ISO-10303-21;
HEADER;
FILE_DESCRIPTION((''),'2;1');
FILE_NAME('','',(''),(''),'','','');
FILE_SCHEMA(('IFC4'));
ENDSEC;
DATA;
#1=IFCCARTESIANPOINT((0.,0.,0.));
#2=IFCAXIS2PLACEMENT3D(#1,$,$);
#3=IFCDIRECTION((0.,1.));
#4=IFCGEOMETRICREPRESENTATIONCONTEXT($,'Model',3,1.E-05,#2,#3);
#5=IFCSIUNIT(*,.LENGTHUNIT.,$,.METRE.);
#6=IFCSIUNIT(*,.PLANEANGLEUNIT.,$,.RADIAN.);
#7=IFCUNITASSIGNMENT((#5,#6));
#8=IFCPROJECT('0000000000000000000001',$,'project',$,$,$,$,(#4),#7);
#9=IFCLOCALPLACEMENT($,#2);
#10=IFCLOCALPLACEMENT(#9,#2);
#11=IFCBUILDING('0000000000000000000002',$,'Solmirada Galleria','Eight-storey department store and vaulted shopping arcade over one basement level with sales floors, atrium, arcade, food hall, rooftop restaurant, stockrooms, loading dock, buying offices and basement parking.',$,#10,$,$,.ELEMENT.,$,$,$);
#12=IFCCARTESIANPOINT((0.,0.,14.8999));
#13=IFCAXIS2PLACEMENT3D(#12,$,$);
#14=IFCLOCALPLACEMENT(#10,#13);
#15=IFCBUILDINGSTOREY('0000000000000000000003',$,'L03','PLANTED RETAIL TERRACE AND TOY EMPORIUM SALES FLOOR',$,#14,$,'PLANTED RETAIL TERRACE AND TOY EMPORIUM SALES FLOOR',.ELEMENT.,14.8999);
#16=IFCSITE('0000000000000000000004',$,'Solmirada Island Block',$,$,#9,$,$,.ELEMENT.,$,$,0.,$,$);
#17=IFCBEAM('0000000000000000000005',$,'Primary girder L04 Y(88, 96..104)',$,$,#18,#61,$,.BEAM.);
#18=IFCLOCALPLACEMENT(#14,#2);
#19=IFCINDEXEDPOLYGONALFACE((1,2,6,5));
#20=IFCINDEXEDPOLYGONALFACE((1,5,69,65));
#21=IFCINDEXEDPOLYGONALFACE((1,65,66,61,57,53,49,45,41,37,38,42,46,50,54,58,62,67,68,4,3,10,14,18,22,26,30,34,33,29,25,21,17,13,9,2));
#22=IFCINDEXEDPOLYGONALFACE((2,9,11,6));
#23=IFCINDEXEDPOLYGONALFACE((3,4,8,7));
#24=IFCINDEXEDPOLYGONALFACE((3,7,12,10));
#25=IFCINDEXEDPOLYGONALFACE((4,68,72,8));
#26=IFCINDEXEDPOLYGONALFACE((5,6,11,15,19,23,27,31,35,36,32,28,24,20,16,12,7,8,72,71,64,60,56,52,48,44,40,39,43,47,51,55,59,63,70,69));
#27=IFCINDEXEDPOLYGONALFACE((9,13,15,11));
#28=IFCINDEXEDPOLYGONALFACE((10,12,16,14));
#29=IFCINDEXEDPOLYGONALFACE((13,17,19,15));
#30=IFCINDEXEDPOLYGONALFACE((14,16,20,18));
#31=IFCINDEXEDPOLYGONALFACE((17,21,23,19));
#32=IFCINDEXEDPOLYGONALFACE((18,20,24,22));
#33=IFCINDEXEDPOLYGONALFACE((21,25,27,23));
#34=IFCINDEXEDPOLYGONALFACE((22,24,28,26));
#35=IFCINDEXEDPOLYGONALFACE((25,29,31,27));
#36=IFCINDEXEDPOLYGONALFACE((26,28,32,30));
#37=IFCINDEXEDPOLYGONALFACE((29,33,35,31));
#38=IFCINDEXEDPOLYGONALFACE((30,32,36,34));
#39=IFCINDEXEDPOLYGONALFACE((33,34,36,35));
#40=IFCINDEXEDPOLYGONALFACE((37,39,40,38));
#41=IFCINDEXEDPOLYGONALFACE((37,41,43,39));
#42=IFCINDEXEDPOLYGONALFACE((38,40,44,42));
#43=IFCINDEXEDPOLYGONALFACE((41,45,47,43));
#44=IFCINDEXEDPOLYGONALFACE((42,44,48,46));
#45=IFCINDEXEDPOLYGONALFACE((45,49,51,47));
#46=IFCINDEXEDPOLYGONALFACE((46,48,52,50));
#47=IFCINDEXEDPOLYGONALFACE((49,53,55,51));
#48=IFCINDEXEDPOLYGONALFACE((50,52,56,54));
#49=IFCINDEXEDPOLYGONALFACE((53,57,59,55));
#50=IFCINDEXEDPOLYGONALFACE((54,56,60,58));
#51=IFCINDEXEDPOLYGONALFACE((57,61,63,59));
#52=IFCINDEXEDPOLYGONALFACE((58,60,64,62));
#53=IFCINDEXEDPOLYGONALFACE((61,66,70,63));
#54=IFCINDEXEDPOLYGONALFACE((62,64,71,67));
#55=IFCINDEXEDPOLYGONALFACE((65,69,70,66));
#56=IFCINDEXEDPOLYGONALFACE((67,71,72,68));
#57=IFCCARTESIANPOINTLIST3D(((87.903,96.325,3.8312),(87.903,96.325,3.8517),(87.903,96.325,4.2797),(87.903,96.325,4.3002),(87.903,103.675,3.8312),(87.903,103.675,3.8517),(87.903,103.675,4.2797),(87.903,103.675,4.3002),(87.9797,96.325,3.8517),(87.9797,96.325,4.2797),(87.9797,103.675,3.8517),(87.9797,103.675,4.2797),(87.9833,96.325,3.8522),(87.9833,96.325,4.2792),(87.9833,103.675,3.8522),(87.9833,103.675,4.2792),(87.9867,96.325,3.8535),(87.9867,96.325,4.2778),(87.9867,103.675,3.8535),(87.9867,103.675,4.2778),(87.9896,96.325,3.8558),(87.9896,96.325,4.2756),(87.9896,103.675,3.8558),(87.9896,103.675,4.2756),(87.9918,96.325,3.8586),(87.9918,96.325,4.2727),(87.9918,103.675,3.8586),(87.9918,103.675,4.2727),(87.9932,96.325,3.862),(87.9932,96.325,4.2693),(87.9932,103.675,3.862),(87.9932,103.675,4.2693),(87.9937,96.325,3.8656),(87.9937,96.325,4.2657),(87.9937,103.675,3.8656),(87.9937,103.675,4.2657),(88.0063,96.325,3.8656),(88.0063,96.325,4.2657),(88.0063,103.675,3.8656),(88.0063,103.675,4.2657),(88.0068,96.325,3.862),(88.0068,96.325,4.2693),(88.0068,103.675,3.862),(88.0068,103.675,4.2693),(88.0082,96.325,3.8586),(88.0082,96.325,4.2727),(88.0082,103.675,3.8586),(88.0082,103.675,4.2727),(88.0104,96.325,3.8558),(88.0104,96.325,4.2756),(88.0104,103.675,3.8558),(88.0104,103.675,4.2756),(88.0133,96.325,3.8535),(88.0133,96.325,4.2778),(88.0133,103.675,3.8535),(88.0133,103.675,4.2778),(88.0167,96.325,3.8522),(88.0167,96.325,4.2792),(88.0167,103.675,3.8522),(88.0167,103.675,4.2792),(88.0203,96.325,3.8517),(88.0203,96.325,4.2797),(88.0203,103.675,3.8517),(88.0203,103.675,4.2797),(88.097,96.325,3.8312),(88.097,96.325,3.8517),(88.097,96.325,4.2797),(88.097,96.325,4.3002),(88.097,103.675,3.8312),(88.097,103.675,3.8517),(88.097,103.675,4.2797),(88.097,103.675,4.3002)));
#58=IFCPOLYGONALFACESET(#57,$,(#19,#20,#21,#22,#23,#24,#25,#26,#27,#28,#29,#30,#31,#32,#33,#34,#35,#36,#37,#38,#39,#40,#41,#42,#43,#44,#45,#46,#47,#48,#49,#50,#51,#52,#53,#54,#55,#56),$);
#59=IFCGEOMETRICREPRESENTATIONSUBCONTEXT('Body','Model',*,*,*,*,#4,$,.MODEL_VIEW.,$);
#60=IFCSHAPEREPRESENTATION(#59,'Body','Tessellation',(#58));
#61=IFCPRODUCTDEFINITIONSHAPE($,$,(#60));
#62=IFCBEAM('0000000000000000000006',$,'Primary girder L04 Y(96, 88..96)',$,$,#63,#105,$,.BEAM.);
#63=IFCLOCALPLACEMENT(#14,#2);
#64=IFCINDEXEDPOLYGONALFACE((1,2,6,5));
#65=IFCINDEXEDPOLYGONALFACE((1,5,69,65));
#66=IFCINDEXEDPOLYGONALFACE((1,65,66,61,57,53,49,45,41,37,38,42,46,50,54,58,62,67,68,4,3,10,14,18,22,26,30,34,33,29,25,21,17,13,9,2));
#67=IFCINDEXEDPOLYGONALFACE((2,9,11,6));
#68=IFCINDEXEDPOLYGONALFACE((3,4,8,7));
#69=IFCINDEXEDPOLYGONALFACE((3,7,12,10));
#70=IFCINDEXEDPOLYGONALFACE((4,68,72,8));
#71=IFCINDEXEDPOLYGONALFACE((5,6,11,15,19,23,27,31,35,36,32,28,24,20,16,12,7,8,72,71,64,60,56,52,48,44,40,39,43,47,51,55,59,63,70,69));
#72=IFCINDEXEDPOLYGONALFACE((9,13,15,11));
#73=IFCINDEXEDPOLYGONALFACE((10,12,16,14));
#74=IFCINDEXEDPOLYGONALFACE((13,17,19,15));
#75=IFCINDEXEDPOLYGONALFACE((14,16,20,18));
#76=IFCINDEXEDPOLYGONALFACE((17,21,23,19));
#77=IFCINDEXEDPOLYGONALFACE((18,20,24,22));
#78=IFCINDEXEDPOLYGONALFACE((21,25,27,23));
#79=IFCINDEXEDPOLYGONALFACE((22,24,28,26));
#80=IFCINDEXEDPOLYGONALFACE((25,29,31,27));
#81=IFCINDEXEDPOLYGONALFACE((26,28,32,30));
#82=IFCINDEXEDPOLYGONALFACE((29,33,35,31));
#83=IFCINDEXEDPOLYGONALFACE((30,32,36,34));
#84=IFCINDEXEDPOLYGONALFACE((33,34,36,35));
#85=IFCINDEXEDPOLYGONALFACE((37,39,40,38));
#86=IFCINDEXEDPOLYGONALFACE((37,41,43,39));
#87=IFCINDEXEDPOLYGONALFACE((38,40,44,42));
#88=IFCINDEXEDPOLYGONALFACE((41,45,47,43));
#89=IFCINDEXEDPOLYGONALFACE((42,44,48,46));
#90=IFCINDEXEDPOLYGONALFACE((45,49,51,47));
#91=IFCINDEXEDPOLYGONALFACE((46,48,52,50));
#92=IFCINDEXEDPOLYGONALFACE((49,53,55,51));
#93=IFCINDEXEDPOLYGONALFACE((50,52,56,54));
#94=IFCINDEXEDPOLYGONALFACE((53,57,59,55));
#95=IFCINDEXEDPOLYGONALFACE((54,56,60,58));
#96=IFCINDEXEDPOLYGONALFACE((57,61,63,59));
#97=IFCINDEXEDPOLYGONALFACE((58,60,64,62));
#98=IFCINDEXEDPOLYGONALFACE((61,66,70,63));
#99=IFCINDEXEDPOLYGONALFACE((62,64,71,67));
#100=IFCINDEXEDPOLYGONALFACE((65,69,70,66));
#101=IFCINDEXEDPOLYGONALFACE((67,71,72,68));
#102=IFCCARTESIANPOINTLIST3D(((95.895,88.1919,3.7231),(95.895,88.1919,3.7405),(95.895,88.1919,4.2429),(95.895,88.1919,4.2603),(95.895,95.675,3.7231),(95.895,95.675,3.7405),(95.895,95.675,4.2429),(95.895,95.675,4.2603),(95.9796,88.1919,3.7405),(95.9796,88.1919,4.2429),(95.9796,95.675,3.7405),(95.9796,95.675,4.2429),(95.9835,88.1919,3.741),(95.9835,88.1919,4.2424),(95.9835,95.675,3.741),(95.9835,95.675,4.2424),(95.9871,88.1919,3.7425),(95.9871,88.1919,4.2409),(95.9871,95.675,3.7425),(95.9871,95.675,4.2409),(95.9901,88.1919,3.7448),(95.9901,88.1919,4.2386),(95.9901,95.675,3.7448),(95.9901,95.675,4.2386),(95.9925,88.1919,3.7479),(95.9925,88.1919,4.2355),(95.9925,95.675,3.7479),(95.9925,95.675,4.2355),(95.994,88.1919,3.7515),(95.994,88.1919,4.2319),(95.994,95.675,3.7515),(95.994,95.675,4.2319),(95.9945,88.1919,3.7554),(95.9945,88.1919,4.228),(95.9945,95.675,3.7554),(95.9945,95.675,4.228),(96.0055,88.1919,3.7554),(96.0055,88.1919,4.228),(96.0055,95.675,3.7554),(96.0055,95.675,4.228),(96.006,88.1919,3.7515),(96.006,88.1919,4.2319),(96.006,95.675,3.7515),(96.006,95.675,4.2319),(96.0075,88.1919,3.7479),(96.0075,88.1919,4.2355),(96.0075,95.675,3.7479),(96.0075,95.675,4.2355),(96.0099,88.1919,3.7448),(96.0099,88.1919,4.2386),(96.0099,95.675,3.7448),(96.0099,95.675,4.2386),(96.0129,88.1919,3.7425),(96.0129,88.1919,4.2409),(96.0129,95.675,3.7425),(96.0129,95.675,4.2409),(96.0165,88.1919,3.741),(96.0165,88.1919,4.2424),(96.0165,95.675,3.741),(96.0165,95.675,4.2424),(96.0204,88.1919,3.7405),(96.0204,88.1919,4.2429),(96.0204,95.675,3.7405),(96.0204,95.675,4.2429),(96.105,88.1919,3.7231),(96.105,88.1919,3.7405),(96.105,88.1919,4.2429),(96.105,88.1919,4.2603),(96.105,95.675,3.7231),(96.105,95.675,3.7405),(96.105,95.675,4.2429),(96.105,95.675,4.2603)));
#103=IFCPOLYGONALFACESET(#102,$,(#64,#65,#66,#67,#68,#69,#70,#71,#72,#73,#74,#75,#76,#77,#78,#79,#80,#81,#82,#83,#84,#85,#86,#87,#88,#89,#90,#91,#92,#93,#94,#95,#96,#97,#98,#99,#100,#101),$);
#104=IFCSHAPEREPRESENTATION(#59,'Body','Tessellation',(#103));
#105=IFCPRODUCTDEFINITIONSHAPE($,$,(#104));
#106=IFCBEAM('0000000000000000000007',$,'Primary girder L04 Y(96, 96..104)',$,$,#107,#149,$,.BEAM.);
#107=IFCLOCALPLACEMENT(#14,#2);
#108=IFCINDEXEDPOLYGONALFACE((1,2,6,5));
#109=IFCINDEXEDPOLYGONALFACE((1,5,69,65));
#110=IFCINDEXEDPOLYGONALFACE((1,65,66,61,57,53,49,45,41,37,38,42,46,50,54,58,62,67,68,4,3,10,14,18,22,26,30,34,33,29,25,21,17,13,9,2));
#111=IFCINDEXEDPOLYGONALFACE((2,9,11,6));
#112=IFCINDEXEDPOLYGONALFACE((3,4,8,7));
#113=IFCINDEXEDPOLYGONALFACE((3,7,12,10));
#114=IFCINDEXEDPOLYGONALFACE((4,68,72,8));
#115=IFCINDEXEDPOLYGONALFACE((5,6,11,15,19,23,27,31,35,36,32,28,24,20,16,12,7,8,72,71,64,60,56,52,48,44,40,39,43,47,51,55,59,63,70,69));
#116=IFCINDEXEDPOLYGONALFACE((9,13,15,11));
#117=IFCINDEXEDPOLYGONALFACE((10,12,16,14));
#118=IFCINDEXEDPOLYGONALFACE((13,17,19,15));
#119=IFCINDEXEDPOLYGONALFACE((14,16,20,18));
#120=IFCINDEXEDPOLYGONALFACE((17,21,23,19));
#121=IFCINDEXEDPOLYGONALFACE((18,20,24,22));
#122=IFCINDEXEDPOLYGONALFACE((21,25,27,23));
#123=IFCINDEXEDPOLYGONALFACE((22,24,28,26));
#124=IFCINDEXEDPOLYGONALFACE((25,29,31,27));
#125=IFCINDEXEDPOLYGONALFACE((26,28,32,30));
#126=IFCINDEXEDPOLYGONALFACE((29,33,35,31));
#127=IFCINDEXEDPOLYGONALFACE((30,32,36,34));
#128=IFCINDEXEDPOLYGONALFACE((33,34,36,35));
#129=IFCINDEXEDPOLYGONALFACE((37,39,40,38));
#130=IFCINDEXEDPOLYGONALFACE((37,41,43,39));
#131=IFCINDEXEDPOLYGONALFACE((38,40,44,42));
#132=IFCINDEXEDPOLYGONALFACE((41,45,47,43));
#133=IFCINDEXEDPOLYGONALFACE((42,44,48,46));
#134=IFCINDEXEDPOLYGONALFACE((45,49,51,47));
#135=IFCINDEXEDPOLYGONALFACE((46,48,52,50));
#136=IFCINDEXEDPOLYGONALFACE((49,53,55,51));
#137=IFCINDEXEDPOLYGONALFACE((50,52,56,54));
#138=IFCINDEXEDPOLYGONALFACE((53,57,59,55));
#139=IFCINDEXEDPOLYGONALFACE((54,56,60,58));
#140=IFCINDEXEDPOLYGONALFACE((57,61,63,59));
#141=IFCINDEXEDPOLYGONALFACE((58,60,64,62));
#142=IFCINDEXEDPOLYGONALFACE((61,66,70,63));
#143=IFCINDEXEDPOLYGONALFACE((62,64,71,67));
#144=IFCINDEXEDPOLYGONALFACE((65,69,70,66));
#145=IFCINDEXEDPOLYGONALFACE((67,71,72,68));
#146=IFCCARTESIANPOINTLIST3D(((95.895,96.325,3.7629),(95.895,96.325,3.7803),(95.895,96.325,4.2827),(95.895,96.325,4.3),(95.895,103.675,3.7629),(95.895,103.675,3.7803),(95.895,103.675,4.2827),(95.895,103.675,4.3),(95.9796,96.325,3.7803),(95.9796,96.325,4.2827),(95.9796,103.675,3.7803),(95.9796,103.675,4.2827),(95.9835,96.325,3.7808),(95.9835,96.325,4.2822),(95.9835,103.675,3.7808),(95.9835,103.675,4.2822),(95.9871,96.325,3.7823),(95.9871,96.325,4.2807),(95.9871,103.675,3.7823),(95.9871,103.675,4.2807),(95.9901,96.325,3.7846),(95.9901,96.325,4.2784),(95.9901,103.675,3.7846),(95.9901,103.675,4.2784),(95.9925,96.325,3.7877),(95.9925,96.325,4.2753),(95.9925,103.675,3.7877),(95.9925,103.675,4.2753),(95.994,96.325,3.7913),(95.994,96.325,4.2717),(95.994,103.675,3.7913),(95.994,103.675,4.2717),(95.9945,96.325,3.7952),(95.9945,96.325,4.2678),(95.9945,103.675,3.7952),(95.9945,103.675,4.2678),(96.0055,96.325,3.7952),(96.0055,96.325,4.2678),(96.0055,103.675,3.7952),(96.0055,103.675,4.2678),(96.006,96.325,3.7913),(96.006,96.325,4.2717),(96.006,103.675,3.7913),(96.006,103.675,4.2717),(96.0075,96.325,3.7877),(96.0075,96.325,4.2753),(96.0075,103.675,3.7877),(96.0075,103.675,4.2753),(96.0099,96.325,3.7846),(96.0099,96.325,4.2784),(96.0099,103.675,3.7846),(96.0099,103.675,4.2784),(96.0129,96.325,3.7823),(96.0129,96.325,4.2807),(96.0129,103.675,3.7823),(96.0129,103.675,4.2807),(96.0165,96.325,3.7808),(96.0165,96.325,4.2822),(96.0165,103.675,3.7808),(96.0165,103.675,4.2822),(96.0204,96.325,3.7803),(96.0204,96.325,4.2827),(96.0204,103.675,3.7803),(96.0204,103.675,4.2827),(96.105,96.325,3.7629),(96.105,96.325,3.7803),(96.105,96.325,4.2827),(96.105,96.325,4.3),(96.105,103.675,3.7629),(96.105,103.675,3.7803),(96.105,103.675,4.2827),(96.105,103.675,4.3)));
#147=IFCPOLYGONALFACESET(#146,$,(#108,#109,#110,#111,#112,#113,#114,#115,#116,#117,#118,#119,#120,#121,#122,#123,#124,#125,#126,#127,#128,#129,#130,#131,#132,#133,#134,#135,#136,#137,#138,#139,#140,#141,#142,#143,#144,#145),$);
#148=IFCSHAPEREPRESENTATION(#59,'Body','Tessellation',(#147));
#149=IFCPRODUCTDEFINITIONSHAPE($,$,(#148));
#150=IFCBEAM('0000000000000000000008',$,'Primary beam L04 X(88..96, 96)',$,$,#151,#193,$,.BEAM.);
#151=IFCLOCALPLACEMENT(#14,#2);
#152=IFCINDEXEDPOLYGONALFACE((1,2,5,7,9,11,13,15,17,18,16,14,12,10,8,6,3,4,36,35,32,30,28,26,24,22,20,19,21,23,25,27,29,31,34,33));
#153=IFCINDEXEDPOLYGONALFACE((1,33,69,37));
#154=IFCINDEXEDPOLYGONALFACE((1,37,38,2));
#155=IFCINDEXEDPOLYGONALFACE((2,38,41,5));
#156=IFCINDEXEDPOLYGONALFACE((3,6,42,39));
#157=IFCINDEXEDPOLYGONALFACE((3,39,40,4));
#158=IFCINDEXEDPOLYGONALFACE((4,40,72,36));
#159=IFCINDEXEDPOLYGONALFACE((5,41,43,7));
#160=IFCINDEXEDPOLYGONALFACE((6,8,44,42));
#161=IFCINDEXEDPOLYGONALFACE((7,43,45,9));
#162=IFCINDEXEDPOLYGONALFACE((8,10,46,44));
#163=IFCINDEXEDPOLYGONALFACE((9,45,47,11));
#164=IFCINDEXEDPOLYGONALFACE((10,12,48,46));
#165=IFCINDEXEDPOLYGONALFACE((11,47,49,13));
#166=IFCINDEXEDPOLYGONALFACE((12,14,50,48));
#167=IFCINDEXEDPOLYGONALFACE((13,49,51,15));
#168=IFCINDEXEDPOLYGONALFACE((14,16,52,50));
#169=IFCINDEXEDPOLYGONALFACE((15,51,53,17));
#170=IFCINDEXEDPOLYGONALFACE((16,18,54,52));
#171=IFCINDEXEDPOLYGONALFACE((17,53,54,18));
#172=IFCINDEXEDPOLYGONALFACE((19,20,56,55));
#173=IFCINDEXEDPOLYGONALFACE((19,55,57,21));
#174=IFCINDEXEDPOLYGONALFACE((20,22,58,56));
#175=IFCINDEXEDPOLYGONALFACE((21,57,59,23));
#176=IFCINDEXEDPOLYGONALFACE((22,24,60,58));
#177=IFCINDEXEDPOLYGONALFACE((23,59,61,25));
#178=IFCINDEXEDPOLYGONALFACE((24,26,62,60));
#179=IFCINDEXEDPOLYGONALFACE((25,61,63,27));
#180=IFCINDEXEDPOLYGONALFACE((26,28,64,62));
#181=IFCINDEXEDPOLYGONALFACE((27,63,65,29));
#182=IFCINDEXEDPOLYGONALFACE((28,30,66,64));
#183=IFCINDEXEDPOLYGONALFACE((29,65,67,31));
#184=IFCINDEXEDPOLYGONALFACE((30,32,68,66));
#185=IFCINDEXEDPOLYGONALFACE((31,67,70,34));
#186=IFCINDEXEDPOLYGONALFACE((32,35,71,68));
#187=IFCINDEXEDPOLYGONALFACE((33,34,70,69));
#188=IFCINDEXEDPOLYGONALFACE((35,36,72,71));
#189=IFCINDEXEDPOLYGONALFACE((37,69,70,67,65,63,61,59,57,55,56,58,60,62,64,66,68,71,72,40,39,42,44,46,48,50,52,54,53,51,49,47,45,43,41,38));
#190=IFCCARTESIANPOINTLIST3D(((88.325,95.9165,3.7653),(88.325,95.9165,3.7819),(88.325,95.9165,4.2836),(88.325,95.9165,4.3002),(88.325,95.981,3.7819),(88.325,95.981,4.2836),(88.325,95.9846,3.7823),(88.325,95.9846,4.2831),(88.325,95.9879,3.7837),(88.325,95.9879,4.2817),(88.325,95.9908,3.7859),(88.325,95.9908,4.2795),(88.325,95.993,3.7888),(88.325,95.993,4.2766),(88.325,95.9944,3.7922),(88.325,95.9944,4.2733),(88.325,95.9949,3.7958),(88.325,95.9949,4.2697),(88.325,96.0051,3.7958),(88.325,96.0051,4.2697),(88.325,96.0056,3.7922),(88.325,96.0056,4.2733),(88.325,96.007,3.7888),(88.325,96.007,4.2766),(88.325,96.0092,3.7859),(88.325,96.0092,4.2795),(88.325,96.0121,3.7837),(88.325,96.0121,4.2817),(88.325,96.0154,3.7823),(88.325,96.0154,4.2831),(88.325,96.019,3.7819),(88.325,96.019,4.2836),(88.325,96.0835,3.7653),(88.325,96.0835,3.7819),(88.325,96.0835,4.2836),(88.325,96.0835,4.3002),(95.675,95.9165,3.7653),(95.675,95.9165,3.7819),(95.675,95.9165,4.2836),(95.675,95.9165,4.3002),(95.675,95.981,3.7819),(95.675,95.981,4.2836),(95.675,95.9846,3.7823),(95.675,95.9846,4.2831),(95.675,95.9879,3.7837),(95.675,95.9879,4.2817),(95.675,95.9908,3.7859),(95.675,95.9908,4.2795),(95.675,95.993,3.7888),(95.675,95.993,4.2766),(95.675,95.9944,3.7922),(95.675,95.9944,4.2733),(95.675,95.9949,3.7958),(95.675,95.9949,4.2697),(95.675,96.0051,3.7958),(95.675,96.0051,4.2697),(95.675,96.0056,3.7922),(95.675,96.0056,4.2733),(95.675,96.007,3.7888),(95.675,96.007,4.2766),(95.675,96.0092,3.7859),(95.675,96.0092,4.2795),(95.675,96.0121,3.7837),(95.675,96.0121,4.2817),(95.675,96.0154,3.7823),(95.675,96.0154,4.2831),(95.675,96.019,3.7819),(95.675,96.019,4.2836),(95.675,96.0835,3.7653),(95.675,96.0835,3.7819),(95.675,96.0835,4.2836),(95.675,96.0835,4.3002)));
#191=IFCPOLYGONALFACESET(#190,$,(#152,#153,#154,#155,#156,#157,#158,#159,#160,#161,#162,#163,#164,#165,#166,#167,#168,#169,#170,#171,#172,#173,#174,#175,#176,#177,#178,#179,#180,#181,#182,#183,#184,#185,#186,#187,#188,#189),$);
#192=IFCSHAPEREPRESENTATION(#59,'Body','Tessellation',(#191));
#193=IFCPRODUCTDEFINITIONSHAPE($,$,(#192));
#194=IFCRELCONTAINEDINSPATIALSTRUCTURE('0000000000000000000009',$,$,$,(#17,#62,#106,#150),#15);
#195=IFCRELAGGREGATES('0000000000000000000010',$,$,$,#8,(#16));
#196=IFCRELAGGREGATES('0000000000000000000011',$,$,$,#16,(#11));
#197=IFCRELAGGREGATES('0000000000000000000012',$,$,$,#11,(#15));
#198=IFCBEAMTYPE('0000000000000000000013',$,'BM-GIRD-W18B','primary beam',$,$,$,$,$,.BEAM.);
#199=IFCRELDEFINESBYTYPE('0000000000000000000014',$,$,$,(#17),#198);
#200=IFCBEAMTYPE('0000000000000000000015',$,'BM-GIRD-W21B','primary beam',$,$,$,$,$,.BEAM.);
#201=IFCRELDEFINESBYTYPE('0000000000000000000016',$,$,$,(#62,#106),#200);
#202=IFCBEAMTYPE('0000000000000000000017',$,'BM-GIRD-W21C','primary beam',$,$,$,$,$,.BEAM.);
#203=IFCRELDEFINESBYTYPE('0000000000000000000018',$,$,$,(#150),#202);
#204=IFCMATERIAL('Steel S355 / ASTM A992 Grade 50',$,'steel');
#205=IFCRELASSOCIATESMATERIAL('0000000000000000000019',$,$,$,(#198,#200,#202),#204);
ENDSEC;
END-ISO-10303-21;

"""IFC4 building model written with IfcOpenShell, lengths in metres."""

from ifc_helpers import new_model, si_unit, direction, frame, origin, origin_2d, place, context, subcontext, project, spatial, i_section, extrude, material, material_profile, profile_set, type_object, element, save


model = new_model("IFC4")

# Units and contexts
model_context = context("Model", 3, precision=1e-05, world=origin(), true_north=direction((0.0, 1.0)))
body_context = subcontext(model_context, "Body", "Model", "MODEL_VIEW")
ifc_project = project(units=[si_unit("LENGTHUNIT", "METRE"), si_unit("PLANEANGLEUNIT", "RADIAN")], contexts=[model_context])

# Site, building, storey
site_placement = place(None, origin())
site = spatial("IfcSite", under=ifc_project, at=site_placement, Name="Solmirada Island Block", CompositionType="ELEMENT", RefElevation=0.0)
building_placement = place(site_placement, origin())
building = spatial("IfcBuilding", under=site, at=building_placement, Name="Solmirada Galleria", Description="Eight-storey department store and vaulted shopping arcade over one basement level with sales floors, atrium, arcade, food hall, rooftop restaurant, stockrooms, loading dock, buying offices and basement parking.", CompositionType="ELEMENT")
storey_placement = place(building_placement, frame((0.0, 0.0, 14.8999)))
storey = spatial("IfcBuildingStorey", under=building, at=storey_placement, Name="L03", Description="PLANTED RETAIL TERRACE AND TOY EMPORIUM SALES FLOOR", LongName="PLANTED RETAIL TERRACE AND TOY EMPORIUM SALES FLOOR", CompositionType="ELEMENT", Elevation=14.8999)

# Beams
ifc_material_1 = material(Name="Steel S355 / ASTM A992 Grade 50", Category="steel")
ifc_material_profile_1 = material_profile(ifc_material_1, i_section(OverallWidth=0.1941, OverallDepth=0.469, WebThickness=0.0127, FlangeThickness=0.0205, FilletRadius=0.0139, at=origin_2d()), Name="W18X71")
ifc_profile_set_1 = profile_set([ifc_material_profile_1], Name="Steel S355 / ASTM A992 Grade 50")
beam_type_1 = type_object("IfcBeamType", Name="BM-GIRD-W18B", Description="primary beam", PredefinedType="BEAM", material=ifc_profile_set_1)
beam_1_placement = place(storey_placement, frame((88.0, 96.325, 4.0657), z_axis=(0.0, 1.0, 0.0), x_axis=(-1.0, 0.0, 0.0)))
element("IfcBeam", 1, at=beam_1_placement, inside=storey, type_object=beam_type_1, Name="Primary girder L04 Y(88, 96..104)", PredefinedType="BEAM", context=body_context, shape_type="SweptSolid", body=[
    extrude(i_section(OverallWidth=0.1941, OverallDepth=0.469, WebThickness=0.0127, FlangeThickness=0.0205, FilletRadius=0.0139, at=origin_2d()), origin(), (0.0, 0.0, 1.0), 7.3501),
])
ifc_material_profile_2 = material_profile(ifc_material_1, i_section(OverallWidth=0.21, OverallDepth=0.5371, WebThickness=0.011, FlangeThickness=0.0173, FilletRadius=0.0149, at=origin_2d()), Name="W21X68")
ifc_profile_set_2 = profile_set([ifc_material_profile_2], Name="Steel S355 / ASTM A992 Grade 50")
beam_type_2 = type_object("IfcBeamType", Name="BM-GIRD-W21B", Description="primary beam", PredefinedType="BEAM", material=ifc_profile_set_2)
beam_2_placement = place(storey_placement, frame((96.0, 88.1919, 3.9917), z_axis=(0.0, 1.0, 0.0), x_axis=(-1.0, 0.0, 0.0)))
element("IfcBeam", 2, at=beam_2_placement, inside=storey, type_object=beam_type_2, Name="Primary girder L04 Y(96, 88..96)", PredefinedType="BEAM", context=body_context, shape_type="SweptSolid", body=[
    extrude(i_section(OverallWidth=0.21, OverallDepth=0.5371, WebThickness=0.011, FlangeThickness=0.0173, FilletRadius=0.0149, at=origin_2d()), origin(), (0.0, 0.0, 1.0), 7.4832),
])
beam_3_placement = place(storey_placement, frame((96.0, 96.325, 4.0315), z_axis=(0.0, 1.0, 0.0), x_axis=(-1.0, 0.0, 0.0)))
element("IfcBeam", 3, at=beam_3_placement, inside=storey, type_object=beam_type_2, Name="Primary girder L04 Y(96, 96..104)", PredefinedType="BEAM", context=body_context, shape_type="SweptSolid", body=[
    extrude(i_section(OverallWidth=0.21, OverallDepth=0.5371, WebThickness=0.011, FlangeThickness=0.0173, FilletRadius=0.0149, at=origin_2d()), origin(), (0.0, 0.0, 1.0), 7.3501),
])
ifc_material_profile_3 = material_profile(ifc_material_1, i_section(OverallWidth=0.167, OverallDepth=0.5349, WebThickness=0.0103, FlangeThickness=0.0166, FilletRadius=0.0139, at=origin_2d()), Name="W21X57")
ifc_profile_set_3 = profile_set([ifc_material_profile_3], Name="Steel S355 / ASTM A992 Grade 50")
beam_type_3 = type_object("IfcBeamType", Name="BM-GIRD-W21C", Description="primary beam", PredefinedType="BEAM", material=ifc_profile_set_3)
for number, where, z_axis, x_axis, name in (
    (4, (88.325, 96.0, 4.0327), (1.0, 0.0, 0.0), (0.0, 1.0, 0.0), "Primary beam L04 X(88..96, 96)"),
):
    element("IfcBeam", number, at=place(storey_placement, frame(where, z_axis=z_axis, x_axis=x_axis)), inside=storey, type_object=beam_type_3, Name=name, PredefinedType="BEAM", context=body_context, shape_type="SweptSolid", body=[
        extrude(i_section(OverallWidth=0.167, OverallDepth=0.5349, WebThickness=0.0103, FlangeThickness=0.0166, FilletRadius=0.0139, at=origin_2d()), origin(), (0.0, 0.0, 1.0), 7.3501),
    ])

save(model, "model.ifc")
